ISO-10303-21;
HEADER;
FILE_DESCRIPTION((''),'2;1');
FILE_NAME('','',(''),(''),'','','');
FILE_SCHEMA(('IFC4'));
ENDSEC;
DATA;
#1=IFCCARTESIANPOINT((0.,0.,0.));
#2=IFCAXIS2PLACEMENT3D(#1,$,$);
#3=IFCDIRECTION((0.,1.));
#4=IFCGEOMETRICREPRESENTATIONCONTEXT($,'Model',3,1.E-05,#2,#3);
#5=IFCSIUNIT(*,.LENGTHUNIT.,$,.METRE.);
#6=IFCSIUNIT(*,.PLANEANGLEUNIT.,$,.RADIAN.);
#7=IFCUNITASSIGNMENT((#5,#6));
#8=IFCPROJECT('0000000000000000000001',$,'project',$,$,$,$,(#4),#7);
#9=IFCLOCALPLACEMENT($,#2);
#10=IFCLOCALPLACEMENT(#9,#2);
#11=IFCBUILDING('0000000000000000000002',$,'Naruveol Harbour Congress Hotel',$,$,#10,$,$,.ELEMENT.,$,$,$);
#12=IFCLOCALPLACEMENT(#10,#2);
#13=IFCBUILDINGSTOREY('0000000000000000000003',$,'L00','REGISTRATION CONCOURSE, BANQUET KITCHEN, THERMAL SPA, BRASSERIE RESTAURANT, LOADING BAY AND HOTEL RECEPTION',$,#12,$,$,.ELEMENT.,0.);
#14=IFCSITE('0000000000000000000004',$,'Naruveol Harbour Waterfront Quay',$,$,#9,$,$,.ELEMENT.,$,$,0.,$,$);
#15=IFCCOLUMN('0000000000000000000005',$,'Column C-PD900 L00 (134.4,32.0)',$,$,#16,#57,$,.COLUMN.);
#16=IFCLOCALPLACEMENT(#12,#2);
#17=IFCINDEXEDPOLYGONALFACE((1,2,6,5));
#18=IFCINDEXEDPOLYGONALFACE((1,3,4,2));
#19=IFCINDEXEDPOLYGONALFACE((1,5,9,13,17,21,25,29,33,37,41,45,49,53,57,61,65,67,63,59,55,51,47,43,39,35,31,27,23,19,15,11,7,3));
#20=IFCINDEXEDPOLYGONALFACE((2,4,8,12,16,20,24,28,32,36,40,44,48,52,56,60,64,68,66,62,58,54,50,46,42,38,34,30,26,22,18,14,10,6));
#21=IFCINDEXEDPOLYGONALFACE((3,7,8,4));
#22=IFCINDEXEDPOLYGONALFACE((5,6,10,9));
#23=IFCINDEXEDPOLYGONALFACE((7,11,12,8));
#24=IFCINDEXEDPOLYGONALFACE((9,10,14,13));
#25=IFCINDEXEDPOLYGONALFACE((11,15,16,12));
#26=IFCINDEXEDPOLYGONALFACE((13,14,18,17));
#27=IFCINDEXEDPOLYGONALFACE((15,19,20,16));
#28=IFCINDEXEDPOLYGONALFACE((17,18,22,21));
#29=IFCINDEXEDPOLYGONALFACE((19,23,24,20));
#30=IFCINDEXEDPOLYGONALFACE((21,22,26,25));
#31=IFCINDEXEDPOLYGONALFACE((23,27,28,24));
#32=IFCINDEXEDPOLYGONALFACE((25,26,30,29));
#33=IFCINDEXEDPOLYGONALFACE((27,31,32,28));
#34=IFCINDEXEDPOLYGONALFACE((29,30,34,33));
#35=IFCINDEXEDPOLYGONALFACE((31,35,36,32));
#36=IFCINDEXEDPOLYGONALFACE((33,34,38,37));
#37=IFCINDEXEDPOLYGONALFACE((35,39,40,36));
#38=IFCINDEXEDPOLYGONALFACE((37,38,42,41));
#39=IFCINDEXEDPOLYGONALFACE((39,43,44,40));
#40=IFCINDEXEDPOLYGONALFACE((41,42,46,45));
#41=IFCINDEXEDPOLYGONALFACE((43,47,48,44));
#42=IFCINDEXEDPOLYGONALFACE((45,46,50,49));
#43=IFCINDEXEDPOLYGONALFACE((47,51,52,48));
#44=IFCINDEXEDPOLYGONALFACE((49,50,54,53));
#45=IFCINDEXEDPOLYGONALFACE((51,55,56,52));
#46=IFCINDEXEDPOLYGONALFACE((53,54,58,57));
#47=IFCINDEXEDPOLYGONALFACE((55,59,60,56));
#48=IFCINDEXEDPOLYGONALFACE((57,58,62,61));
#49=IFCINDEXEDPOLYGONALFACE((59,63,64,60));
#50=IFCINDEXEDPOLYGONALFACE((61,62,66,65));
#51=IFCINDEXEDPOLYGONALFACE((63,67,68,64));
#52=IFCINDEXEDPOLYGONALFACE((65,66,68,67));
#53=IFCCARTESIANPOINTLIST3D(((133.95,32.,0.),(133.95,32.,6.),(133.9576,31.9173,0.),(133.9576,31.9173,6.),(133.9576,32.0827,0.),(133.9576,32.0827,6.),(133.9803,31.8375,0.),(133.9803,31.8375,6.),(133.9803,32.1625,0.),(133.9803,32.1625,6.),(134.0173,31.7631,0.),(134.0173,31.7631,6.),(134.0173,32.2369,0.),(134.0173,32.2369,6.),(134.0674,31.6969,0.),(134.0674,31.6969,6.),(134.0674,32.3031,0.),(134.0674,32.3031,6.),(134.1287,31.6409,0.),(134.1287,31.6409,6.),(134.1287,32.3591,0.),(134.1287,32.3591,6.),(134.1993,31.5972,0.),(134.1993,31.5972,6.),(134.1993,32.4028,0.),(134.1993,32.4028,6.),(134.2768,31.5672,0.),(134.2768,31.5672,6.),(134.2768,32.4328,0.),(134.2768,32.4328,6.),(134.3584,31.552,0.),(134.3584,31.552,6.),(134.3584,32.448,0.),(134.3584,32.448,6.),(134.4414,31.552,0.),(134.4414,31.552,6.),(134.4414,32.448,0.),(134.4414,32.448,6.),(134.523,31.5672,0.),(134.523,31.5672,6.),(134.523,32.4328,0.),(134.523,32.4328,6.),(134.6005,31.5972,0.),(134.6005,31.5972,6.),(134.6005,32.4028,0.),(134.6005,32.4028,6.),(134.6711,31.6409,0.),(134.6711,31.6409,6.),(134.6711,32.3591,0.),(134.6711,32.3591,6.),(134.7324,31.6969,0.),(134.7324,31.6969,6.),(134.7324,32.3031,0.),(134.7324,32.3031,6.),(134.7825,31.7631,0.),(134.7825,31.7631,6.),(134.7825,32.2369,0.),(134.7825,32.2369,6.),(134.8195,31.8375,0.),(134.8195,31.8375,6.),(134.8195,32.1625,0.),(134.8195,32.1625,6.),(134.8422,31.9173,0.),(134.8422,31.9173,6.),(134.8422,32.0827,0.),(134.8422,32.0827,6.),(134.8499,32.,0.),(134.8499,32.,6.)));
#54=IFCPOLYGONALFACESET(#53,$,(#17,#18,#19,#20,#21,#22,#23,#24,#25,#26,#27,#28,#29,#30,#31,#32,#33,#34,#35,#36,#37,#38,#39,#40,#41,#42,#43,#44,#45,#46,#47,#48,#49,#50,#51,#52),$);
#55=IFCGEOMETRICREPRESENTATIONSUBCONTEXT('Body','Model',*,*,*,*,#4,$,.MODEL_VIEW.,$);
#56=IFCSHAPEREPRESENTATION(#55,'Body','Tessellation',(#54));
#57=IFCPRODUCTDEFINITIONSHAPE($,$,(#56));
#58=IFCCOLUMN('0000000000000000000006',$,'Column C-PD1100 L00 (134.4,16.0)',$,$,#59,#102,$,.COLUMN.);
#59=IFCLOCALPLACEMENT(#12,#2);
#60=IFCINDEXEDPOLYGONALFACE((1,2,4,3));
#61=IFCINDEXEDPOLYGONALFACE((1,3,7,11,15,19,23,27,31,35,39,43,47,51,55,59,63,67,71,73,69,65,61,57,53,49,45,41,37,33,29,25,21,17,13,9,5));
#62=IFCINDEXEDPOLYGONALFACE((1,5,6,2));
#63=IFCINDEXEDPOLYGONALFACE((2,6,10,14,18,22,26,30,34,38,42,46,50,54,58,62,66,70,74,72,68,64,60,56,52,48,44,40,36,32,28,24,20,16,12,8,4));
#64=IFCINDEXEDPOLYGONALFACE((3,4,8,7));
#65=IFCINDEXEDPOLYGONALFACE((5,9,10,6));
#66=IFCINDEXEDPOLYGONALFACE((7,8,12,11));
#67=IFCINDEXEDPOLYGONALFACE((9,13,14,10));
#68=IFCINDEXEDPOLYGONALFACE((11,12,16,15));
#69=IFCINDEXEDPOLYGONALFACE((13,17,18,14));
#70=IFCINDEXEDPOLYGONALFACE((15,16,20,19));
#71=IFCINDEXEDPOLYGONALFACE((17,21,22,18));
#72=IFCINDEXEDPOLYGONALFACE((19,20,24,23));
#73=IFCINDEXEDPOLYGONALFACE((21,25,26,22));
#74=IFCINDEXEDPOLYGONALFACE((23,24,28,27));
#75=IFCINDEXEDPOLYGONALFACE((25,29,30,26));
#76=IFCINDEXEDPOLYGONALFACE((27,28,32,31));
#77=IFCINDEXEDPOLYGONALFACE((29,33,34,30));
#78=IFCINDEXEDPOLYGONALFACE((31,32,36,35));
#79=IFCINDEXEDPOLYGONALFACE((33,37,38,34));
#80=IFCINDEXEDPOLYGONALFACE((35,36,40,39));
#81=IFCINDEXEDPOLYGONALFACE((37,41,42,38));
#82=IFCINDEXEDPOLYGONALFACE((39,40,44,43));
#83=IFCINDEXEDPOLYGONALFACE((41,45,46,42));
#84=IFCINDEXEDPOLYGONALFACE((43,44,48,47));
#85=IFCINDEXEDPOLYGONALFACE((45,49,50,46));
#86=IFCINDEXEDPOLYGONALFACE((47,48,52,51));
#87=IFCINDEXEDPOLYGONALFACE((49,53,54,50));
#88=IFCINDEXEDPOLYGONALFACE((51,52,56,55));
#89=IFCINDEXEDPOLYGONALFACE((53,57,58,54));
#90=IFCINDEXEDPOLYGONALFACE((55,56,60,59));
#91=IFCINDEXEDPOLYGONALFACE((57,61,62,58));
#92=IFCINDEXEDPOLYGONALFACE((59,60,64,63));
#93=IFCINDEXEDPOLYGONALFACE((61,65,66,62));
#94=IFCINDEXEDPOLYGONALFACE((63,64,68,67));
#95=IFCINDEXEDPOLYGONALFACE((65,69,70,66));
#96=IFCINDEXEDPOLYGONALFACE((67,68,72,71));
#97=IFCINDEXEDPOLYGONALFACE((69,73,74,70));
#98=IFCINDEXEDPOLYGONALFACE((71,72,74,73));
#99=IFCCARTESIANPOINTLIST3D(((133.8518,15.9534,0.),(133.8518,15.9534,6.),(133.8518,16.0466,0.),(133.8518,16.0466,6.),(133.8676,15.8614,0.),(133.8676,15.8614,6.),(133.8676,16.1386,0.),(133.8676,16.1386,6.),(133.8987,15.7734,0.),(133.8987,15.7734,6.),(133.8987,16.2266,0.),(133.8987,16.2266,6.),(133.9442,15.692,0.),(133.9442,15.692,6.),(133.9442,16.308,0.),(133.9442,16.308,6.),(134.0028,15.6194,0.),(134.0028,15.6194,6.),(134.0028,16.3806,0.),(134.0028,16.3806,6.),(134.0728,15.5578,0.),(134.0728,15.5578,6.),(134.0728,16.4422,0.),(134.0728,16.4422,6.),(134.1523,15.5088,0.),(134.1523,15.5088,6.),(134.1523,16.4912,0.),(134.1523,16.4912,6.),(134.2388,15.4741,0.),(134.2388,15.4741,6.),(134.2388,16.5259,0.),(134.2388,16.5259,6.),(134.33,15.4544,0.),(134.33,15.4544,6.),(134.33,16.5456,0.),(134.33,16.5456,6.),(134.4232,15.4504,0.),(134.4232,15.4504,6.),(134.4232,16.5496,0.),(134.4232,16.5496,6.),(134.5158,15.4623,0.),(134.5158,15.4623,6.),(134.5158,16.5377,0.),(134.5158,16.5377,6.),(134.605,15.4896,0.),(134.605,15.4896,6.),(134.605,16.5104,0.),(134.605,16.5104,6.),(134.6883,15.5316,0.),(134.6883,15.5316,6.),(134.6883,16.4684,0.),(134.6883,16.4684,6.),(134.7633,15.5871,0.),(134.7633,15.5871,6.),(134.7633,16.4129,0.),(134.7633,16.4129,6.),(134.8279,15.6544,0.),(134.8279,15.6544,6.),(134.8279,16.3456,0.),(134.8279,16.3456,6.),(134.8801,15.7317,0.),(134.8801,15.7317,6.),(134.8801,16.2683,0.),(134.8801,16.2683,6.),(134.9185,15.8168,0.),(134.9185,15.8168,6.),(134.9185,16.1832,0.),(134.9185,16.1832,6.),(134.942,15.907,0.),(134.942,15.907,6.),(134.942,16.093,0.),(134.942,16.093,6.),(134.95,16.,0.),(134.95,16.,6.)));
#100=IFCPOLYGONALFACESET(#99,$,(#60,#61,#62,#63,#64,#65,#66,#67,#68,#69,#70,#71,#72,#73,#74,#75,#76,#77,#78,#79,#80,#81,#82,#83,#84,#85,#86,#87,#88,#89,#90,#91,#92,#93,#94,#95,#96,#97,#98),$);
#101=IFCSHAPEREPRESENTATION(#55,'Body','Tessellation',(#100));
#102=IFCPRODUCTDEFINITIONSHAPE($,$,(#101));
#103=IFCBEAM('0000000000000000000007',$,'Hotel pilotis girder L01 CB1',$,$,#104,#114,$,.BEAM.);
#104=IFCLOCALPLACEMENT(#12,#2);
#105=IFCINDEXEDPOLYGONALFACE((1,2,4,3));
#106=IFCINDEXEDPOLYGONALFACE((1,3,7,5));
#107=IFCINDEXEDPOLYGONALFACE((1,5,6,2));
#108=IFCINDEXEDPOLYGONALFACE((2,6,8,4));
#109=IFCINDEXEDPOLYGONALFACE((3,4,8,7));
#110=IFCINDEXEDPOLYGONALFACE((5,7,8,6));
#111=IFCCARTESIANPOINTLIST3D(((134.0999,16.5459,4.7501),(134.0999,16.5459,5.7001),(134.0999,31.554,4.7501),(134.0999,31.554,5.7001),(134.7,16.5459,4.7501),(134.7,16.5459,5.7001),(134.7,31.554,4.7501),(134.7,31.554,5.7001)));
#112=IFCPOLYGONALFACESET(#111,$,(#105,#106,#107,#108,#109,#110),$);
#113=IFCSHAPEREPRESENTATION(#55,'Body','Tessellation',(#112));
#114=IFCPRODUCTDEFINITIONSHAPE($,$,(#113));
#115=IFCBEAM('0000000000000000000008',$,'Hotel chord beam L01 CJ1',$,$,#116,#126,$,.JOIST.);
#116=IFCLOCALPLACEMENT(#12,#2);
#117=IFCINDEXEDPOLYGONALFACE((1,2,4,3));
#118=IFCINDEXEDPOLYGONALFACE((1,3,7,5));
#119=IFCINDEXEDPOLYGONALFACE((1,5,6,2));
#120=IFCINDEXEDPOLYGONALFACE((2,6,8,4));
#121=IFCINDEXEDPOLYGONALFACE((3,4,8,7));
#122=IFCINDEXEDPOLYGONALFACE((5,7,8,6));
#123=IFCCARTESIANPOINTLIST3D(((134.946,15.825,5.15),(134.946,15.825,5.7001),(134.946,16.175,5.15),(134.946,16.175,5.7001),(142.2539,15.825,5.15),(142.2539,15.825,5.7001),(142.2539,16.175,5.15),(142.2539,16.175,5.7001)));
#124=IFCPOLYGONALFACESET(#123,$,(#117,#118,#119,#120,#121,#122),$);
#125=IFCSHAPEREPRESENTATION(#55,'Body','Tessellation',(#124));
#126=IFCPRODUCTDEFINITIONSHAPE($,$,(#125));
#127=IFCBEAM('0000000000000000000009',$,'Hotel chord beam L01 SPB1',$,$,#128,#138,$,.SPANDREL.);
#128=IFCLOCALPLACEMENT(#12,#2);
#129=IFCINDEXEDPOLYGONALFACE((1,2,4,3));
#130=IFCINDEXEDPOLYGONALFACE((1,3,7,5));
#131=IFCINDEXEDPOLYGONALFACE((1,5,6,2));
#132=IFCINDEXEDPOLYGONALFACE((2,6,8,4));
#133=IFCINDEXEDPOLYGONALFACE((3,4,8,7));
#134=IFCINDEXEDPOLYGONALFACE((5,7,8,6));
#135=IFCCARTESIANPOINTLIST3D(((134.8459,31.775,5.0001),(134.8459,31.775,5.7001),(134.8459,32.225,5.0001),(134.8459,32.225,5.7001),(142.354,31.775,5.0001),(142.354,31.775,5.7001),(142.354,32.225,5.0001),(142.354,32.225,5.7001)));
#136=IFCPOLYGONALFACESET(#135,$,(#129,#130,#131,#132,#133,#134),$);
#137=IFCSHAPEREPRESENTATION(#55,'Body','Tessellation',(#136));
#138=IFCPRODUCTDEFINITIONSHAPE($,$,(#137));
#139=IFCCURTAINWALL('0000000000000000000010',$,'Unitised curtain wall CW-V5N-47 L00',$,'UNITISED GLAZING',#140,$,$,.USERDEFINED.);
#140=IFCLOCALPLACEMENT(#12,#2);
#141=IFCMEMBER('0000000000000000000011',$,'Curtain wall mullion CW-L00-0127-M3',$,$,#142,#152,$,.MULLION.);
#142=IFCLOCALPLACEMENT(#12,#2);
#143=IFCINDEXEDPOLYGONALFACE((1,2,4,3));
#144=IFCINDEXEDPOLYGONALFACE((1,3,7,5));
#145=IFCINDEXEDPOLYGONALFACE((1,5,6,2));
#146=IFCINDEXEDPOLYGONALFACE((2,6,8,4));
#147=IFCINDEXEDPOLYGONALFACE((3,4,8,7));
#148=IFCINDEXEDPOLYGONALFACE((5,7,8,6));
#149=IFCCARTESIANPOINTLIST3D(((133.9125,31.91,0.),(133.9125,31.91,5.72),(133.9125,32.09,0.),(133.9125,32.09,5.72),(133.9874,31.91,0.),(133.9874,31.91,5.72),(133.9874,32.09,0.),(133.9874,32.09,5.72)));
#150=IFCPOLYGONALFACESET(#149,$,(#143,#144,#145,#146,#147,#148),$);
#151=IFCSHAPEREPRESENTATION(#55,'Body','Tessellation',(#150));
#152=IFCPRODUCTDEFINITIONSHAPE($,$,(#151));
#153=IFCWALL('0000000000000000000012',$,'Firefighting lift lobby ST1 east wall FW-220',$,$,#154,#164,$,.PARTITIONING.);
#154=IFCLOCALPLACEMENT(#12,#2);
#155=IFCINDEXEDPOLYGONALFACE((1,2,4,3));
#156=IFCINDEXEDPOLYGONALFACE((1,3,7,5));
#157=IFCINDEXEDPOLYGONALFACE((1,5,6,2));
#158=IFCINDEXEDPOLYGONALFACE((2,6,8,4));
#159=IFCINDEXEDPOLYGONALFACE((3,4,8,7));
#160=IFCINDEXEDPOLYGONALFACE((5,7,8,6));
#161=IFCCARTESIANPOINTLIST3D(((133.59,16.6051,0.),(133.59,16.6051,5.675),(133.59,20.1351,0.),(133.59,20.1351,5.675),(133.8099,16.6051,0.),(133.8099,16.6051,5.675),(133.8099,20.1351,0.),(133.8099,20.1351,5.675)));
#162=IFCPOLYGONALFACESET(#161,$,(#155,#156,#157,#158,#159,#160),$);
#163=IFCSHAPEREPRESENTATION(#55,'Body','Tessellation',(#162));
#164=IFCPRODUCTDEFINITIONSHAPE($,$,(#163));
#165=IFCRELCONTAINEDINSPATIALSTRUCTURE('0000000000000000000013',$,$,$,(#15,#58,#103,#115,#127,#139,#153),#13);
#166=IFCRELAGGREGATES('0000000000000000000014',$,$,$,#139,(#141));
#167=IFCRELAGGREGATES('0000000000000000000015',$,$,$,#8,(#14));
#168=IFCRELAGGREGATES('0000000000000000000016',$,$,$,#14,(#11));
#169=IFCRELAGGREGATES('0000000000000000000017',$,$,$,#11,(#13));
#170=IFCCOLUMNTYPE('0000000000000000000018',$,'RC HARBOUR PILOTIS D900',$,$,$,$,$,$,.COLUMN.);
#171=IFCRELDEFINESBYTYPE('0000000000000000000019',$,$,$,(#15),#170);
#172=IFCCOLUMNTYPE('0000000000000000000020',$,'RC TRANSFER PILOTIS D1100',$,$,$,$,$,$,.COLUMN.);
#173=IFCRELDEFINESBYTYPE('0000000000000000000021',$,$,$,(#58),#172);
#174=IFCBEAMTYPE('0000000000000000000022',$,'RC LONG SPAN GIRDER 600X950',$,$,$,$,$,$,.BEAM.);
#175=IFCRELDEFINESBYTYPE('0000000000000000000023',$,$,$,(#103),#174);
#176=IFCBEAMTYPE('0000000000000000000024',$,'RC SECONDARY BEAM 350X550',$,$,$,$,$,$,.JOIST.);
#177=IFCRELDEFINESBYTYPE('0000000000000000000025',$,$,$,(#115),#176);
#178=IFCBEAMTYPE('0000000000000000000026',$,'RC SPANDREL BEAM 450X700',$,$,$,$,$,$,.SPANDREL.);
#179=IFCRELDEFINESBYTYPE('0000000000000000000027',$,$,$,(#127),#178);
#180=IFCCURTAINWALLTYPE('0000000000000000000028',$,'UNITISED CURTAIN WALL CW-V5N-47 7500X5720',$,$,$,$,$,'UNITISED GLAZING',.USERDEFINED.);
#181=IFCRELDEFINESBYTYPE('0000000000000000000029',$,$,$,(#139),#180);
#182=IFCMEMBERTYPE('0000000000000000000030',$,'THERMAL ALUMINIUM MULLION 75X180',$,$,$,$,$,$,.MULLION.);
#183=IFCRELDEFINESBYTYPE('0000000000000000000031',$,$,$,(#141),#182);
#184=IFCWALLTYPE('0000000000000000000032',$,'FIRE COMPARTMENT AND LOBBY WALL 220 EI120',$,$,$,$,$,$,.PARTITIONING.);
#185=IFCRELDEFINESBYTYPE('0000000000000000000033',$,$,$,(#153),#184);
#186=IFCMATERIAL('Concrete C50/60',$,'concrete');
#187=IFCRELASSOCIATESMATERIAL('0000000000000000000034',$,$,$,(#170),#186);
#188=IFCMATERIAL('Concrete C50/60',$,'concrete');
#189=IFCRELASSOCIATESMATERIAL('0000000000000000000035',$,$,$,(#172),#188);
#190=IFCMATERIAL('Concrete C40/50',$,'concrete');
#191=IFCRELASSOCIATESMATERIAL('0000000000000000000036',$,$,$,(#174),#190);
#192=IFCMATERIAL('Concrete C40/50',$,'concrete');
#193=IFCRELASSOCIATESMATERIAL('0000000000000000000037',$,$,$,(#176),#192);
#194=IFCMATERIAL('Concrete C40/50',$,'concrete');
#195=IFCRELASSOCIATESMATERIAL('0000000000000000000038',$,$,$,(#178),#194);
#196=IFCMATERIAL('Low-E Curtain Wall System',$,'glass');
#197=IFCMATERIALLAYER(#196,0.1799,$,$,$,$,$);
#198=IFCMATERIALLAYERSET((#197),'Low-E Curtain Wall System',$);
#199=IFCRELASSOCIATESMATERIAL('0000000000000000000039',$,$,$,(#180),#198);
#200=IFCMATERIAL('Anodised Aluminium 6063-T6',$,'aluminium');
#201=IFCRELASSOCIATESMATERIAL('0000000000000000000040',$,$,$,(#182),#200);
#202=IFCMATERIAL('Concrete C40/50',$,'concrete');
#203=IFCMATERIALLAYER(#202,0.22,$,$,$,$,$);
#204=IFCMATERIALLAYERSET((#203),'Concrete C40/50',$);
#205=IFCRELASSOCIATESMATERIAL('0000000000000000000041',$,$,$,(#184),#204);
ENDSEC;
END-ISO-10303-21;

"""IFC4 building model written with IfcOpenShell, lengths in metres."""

from ifc_helpers import new_model, si_unit, direction, frame, frame_2d, origin, origin_2d, place, context, subcontext, project, spatial, rectangle, circle, extrude, material, layer, layer_set, material_profile, profile_set, type_object, element, aggregate, save


model = new_model("IFC4")

# Units and contexts
model_context = context("Model", 3, precision=1e-05, world=origin(), true_north=direction((0.0, 1.0)))
body_context = subcontext(model_context, "Body", "Model", "MODEL_VIEW")
ifc_project = project(units=[si_unit("LENGTHUNIT", "METRE"), si_unit("PLANEANGLEUNIT", "RADIAN")], contexts=[model_context])

# Site, building, storey
site_placement = place(None, origin())
site = spatial("IfcSite", under=ifc_project, at=site_placement, Name="Naruveol Harbour Waterfront Quay", CompositionType="ELEMENT", RefElevation=0.0)
building_placement = place(site_placement, origin())
building = spatial("IfcBuilding", under=site, at=building_placement, Name="Naruveol Harbour Congress Hotel", CompositionType="ELEMENT")
storey_placement = place(building_placement, origin())
storey = spatial("IfcBuildingStorey", under=building, at=storey_placement, Name="L00", Description="REGISTRATION CONCOURSE, BANQUET KITCHEN, THERMAL SPA, BRASSERIE RESTAURANT, LOADING BAY AND HOTEL RECEPTION", CompositionType="ELEMENT", Elevation=0.0)

# Columns
ifc_material_1 = material(Name="Concrete C50/60", Category="concrete")
ifc_material_profile_1 = material_profile(ifc_material_1, circle(Radius=0.45, at=origin_2d()), Name="RC-D900")
ifc_profile_set_1 = profile_set([ifc_material_profile_1], Name="Concrete C50/60")
column_type_1 = type_object("IfcColumnType", Name="RC HARBOUR PILOTIS D900", PredefinedType="COLUMN", material=ifc_profile_set_1)
column_1_placement = place(storey_placement, frame((134.3999, 32.0, 0.0), z_axis=(0.0, 0.0, 1.0), x_axis=(1.0, 0.0, 0.0)))
element("IfcColumn", 1, at=column_1_placement, inside=storey, type_object=column_type_1, Name="Column C-PD900 L00 (134.4,32.0)", PredefinedType="COLUMN", context=body_context, shape_type="SweptSolid", body=[
    extrude(circle(Radius=0.45, at=origin_2d()), origin(), (0.0, 0.0, 1.0), 6.0),
])
ifc_material_2 = material(Name="Concrete C50/60", Category="concrete")
ifc_material_profile_2 = material_profile(ifc_material_2, circle(Radius=0.55, at=origin_2d()), Name="RC-D1100")
ifc_profile_set_2 = profile_set([ifc_material_profile_2], Name="Concrete C50/60")
column_type_2 = type_object("IfcColumnType", Name="RC TRANSFER PILOTIS D1100", PredefinedType="COLUMN", material=ifc_profile_set_2)
column_2_placement = place(storey_placement, frame((134.3999, 16.0, 0.0), z_axis=(0.0, 0.0, 1.0), x_axis=(1.0, 0.0, 0.0)))
element("IfcColumn", 2, at=column_2_placement, inside=storey, type_object=column_type_2, Name="Column C-PD1100 L00 (134.4,16.0)", PredefinedType="COLUMN", context=body_context, shape_type="SweptSolid", body=[
    extrude(circle(Radius=0.55, at=origin_2d()), origin(), (0.0, 0.0, 1.0), 6.0),
])

# Beams
ifc_material_3 = material(Name="Concrete C40/50", Category="concrete")
ifc_material_profile_3 = material_profile(ifc_material_3, rectangle(XDim=0.6001, YDim=0.95, at=origin_2d()), Name="RCB-600x950")
ifc_profile_set_3 = profile_set([ifc_material_profile_3], Name="Concrete C40/50")
beam_type_1 = type_object("IfcBeamType", Name="RC LONG SPAN GIRDER 600X950", PredefinedType="BEAM", material=ifc_profile_set_3)
beam_1_placement = place(storey_placement, frame((134.3999, 16.5459, 5.2251), z_axis=(0.0, 1.0, 0.0), x_axis=(-1.0, 0.0, 0.0)))
element("IfcBeam", 3, at=beam_1_placement, inside=storey, type_object=beam_type_1, Name="Hotel pilotis girder L01 CB1", PredefinedType="BEAM", context=body_context, shape_type="SweptSolid", body=[
    extrude(rectangle(XDim=0.6001, YDim=0.95, at=origin_2d()), origin(), (0.0, 0.0, 1.0), 15.0081),
])
ifc_material_4 = material(Name="Concrete C40/50", Category="concrete")
ifc_material_profile_4 = material_profile(ifc_material_4, rectangle(XDim=0.3501, YDim=0.55, at=origin_2d()), Name="RCB-350x550")
ifc_profile_set_4 = profile_set([ifc_material_profile_4], Name="Concrete C40/50")
beam_type_2 = type_object("IfcBeamType", Name="RC SECONDARY BEAM 350X550", PredefinedType="JOIST", material=ifc_profile_set_4)
beam_2_placement = place(storey_placement, frame((134.946, 16.0, 5.425), z_axis=(1.0, 0.0, 0.0), x_axis=(0.0, 1.0, 0.0)))
element("IfcBeam", 4, at=beam_2_placement, inside=storey, type_object=beam_type_2, Name="Hotel chord beam L01 CJ1", PredefinedType="JOIST", context=body_context, shape_type="SweptSolid", body=[
    extrude(rectangle(XDim=0.3501, YDim=0.55, at=origin_2d()), origin(), (0.0, 0.0, 1.0), 7.3079),
])
ifc_material_5 = material(Name="Concrete C40/50", Category="concrete")
ifc_material_profile_5 = material_profile(ifc_material_5, rectangle(XDim=0.45, YDim=0.7, at=origin_2d()), Name="RCB-450x700")
ifc_profile_set_5 = profile_set([ifc_material_profile_5], Name="Concrete C40/50")
beam_type_3 = type_object("IfcBeamType", Name="RC SPANDREL BEAM 450X700", PredefinedType="SPANDREL", material=ifc_profile_set_5)
beam_3_placement = place(storey_placement, frame((134.8459, 32.0, 5.3501), z_axis=(1.0, 0.0, 0.0), x_axis=(0.0, 1.0, 0.0)))
element("IfcBeam", 5, at=beam_3_placement, inside=storey, type_object=beam_type_3, Name="Hotel chord beam L01 SPB1", PredefinedType="SPANDREL", context=body_context, shape_type="SweptSolid", body=[
    extrude(rectangle(XDim=0.45, YDim=0.7, at=origin_2d()), origin(), (0.0, 0.0, 1.0), 7.5081),
])

# Curtain wall, member
ifc_material_6 = material(Name="Low-E Curtain Wall System", Category="glass")
ifc_layer_1 = layer(ifc_material_6, 0.1799)
ifc_layer_set_1 = layer_set([ifc_layer_1], Name="Low-E Curtain Wall System")
curtain_wall_type = type_object("IfcCurtainWallType", Name="UNITISED CURTAIN WALL CW-V5N-47 7500X5720", ElementType="UNITISED GLAZING", PredefinedType="USERDEFINED", material=ifc_layer_set_1)
curtain_wall_placement = place(storey_placement, origin())
curtain_wall = element("IfcCurtainWall", 6, at=curtain_wall_placement, inside=storey, type_object=curtain_wall_type, Name="Unitised curtain wall CW-V5N-47 L00", ObjectType="UNITISED GLAZING", PredefinedType="USERDEFINED")
ifc_material_7 = material(Name="Anodised Aluminium 6063-T6", Category="aluminium")
ifc_material_profile_6 = material_profile(ifc_material_7, rectangle(XDim=0.075, YDim=0.1799, at=origin_2d()), Name="ALU-75x180")
ifc_profile_set_6 = profile_set([ifc_material_profile_6], Name="Anodised Aluminium 6063-T6")
member_type = type_object("IfcMemberType", Name="THERMAL ALUMINIUM MULLION 75X180", PredefinedType="MULLION", material=ifc_profile_set_6)
member_placement = place(storey_placement, frame((133.95, 32.0, 0.0), z_axis=(0.0, 0.0, 1.0), x_axis=(1.0, 0.0, 0.0)))
member = element("IfcMember", 7, at=member_placement, type_object=member_type, Name="Curtain wall mullion CW-L00-0127-M3", PredefinedType="MULLION", context=body_context, shape_type="SweptSolid", body=[
    extrude(rectangle(XDim=0.075, YDim=0.1799, at=origin_2d()), origin(), (0.0, 0.0, 1.0), 5.72),
])
aggregate(curtain_wall, [member])

# Wall
ifc_material_8 = material(Name="Concrete C40/50", Category="concrete")
ifc_layer_2 = layer(ifc_material_8, 0.22)
ifc_layer_set_2 = layer_set([ifc_layer_2], Name="Concrete C40/50")
wall_type_1 = type_object("IfcWallType", Name="FIRE COMPARTMENT AND LOBBY WALL 220 EI120", PredefinedType="PARTITIONING", material=ifc_layer_set_2)
wall_1_placement = place(storey_placement, frame((133.7, 16.605, 0.0), z_axis=(0.0, 0.0, 1.0), x_axis=(0.0, 1.0, 0.0)))
element("IfcWall", 8, at=wall_1_placement, inside=storey, type_object=wall_type_1, Name="Firefighting lift lobby ST1 east wall FW-220", PredefinedType="PARTITIONING", context=body_context, shape_type="SweptSolid", body=[
    extrude(rectangle(XDim=3.53, YDim=0.22, at=frame_2d((1.7651, 0.0))), origin(), (0.0, 0.0, 1.0), 5.675),
])

save(model, "model.ifc")
